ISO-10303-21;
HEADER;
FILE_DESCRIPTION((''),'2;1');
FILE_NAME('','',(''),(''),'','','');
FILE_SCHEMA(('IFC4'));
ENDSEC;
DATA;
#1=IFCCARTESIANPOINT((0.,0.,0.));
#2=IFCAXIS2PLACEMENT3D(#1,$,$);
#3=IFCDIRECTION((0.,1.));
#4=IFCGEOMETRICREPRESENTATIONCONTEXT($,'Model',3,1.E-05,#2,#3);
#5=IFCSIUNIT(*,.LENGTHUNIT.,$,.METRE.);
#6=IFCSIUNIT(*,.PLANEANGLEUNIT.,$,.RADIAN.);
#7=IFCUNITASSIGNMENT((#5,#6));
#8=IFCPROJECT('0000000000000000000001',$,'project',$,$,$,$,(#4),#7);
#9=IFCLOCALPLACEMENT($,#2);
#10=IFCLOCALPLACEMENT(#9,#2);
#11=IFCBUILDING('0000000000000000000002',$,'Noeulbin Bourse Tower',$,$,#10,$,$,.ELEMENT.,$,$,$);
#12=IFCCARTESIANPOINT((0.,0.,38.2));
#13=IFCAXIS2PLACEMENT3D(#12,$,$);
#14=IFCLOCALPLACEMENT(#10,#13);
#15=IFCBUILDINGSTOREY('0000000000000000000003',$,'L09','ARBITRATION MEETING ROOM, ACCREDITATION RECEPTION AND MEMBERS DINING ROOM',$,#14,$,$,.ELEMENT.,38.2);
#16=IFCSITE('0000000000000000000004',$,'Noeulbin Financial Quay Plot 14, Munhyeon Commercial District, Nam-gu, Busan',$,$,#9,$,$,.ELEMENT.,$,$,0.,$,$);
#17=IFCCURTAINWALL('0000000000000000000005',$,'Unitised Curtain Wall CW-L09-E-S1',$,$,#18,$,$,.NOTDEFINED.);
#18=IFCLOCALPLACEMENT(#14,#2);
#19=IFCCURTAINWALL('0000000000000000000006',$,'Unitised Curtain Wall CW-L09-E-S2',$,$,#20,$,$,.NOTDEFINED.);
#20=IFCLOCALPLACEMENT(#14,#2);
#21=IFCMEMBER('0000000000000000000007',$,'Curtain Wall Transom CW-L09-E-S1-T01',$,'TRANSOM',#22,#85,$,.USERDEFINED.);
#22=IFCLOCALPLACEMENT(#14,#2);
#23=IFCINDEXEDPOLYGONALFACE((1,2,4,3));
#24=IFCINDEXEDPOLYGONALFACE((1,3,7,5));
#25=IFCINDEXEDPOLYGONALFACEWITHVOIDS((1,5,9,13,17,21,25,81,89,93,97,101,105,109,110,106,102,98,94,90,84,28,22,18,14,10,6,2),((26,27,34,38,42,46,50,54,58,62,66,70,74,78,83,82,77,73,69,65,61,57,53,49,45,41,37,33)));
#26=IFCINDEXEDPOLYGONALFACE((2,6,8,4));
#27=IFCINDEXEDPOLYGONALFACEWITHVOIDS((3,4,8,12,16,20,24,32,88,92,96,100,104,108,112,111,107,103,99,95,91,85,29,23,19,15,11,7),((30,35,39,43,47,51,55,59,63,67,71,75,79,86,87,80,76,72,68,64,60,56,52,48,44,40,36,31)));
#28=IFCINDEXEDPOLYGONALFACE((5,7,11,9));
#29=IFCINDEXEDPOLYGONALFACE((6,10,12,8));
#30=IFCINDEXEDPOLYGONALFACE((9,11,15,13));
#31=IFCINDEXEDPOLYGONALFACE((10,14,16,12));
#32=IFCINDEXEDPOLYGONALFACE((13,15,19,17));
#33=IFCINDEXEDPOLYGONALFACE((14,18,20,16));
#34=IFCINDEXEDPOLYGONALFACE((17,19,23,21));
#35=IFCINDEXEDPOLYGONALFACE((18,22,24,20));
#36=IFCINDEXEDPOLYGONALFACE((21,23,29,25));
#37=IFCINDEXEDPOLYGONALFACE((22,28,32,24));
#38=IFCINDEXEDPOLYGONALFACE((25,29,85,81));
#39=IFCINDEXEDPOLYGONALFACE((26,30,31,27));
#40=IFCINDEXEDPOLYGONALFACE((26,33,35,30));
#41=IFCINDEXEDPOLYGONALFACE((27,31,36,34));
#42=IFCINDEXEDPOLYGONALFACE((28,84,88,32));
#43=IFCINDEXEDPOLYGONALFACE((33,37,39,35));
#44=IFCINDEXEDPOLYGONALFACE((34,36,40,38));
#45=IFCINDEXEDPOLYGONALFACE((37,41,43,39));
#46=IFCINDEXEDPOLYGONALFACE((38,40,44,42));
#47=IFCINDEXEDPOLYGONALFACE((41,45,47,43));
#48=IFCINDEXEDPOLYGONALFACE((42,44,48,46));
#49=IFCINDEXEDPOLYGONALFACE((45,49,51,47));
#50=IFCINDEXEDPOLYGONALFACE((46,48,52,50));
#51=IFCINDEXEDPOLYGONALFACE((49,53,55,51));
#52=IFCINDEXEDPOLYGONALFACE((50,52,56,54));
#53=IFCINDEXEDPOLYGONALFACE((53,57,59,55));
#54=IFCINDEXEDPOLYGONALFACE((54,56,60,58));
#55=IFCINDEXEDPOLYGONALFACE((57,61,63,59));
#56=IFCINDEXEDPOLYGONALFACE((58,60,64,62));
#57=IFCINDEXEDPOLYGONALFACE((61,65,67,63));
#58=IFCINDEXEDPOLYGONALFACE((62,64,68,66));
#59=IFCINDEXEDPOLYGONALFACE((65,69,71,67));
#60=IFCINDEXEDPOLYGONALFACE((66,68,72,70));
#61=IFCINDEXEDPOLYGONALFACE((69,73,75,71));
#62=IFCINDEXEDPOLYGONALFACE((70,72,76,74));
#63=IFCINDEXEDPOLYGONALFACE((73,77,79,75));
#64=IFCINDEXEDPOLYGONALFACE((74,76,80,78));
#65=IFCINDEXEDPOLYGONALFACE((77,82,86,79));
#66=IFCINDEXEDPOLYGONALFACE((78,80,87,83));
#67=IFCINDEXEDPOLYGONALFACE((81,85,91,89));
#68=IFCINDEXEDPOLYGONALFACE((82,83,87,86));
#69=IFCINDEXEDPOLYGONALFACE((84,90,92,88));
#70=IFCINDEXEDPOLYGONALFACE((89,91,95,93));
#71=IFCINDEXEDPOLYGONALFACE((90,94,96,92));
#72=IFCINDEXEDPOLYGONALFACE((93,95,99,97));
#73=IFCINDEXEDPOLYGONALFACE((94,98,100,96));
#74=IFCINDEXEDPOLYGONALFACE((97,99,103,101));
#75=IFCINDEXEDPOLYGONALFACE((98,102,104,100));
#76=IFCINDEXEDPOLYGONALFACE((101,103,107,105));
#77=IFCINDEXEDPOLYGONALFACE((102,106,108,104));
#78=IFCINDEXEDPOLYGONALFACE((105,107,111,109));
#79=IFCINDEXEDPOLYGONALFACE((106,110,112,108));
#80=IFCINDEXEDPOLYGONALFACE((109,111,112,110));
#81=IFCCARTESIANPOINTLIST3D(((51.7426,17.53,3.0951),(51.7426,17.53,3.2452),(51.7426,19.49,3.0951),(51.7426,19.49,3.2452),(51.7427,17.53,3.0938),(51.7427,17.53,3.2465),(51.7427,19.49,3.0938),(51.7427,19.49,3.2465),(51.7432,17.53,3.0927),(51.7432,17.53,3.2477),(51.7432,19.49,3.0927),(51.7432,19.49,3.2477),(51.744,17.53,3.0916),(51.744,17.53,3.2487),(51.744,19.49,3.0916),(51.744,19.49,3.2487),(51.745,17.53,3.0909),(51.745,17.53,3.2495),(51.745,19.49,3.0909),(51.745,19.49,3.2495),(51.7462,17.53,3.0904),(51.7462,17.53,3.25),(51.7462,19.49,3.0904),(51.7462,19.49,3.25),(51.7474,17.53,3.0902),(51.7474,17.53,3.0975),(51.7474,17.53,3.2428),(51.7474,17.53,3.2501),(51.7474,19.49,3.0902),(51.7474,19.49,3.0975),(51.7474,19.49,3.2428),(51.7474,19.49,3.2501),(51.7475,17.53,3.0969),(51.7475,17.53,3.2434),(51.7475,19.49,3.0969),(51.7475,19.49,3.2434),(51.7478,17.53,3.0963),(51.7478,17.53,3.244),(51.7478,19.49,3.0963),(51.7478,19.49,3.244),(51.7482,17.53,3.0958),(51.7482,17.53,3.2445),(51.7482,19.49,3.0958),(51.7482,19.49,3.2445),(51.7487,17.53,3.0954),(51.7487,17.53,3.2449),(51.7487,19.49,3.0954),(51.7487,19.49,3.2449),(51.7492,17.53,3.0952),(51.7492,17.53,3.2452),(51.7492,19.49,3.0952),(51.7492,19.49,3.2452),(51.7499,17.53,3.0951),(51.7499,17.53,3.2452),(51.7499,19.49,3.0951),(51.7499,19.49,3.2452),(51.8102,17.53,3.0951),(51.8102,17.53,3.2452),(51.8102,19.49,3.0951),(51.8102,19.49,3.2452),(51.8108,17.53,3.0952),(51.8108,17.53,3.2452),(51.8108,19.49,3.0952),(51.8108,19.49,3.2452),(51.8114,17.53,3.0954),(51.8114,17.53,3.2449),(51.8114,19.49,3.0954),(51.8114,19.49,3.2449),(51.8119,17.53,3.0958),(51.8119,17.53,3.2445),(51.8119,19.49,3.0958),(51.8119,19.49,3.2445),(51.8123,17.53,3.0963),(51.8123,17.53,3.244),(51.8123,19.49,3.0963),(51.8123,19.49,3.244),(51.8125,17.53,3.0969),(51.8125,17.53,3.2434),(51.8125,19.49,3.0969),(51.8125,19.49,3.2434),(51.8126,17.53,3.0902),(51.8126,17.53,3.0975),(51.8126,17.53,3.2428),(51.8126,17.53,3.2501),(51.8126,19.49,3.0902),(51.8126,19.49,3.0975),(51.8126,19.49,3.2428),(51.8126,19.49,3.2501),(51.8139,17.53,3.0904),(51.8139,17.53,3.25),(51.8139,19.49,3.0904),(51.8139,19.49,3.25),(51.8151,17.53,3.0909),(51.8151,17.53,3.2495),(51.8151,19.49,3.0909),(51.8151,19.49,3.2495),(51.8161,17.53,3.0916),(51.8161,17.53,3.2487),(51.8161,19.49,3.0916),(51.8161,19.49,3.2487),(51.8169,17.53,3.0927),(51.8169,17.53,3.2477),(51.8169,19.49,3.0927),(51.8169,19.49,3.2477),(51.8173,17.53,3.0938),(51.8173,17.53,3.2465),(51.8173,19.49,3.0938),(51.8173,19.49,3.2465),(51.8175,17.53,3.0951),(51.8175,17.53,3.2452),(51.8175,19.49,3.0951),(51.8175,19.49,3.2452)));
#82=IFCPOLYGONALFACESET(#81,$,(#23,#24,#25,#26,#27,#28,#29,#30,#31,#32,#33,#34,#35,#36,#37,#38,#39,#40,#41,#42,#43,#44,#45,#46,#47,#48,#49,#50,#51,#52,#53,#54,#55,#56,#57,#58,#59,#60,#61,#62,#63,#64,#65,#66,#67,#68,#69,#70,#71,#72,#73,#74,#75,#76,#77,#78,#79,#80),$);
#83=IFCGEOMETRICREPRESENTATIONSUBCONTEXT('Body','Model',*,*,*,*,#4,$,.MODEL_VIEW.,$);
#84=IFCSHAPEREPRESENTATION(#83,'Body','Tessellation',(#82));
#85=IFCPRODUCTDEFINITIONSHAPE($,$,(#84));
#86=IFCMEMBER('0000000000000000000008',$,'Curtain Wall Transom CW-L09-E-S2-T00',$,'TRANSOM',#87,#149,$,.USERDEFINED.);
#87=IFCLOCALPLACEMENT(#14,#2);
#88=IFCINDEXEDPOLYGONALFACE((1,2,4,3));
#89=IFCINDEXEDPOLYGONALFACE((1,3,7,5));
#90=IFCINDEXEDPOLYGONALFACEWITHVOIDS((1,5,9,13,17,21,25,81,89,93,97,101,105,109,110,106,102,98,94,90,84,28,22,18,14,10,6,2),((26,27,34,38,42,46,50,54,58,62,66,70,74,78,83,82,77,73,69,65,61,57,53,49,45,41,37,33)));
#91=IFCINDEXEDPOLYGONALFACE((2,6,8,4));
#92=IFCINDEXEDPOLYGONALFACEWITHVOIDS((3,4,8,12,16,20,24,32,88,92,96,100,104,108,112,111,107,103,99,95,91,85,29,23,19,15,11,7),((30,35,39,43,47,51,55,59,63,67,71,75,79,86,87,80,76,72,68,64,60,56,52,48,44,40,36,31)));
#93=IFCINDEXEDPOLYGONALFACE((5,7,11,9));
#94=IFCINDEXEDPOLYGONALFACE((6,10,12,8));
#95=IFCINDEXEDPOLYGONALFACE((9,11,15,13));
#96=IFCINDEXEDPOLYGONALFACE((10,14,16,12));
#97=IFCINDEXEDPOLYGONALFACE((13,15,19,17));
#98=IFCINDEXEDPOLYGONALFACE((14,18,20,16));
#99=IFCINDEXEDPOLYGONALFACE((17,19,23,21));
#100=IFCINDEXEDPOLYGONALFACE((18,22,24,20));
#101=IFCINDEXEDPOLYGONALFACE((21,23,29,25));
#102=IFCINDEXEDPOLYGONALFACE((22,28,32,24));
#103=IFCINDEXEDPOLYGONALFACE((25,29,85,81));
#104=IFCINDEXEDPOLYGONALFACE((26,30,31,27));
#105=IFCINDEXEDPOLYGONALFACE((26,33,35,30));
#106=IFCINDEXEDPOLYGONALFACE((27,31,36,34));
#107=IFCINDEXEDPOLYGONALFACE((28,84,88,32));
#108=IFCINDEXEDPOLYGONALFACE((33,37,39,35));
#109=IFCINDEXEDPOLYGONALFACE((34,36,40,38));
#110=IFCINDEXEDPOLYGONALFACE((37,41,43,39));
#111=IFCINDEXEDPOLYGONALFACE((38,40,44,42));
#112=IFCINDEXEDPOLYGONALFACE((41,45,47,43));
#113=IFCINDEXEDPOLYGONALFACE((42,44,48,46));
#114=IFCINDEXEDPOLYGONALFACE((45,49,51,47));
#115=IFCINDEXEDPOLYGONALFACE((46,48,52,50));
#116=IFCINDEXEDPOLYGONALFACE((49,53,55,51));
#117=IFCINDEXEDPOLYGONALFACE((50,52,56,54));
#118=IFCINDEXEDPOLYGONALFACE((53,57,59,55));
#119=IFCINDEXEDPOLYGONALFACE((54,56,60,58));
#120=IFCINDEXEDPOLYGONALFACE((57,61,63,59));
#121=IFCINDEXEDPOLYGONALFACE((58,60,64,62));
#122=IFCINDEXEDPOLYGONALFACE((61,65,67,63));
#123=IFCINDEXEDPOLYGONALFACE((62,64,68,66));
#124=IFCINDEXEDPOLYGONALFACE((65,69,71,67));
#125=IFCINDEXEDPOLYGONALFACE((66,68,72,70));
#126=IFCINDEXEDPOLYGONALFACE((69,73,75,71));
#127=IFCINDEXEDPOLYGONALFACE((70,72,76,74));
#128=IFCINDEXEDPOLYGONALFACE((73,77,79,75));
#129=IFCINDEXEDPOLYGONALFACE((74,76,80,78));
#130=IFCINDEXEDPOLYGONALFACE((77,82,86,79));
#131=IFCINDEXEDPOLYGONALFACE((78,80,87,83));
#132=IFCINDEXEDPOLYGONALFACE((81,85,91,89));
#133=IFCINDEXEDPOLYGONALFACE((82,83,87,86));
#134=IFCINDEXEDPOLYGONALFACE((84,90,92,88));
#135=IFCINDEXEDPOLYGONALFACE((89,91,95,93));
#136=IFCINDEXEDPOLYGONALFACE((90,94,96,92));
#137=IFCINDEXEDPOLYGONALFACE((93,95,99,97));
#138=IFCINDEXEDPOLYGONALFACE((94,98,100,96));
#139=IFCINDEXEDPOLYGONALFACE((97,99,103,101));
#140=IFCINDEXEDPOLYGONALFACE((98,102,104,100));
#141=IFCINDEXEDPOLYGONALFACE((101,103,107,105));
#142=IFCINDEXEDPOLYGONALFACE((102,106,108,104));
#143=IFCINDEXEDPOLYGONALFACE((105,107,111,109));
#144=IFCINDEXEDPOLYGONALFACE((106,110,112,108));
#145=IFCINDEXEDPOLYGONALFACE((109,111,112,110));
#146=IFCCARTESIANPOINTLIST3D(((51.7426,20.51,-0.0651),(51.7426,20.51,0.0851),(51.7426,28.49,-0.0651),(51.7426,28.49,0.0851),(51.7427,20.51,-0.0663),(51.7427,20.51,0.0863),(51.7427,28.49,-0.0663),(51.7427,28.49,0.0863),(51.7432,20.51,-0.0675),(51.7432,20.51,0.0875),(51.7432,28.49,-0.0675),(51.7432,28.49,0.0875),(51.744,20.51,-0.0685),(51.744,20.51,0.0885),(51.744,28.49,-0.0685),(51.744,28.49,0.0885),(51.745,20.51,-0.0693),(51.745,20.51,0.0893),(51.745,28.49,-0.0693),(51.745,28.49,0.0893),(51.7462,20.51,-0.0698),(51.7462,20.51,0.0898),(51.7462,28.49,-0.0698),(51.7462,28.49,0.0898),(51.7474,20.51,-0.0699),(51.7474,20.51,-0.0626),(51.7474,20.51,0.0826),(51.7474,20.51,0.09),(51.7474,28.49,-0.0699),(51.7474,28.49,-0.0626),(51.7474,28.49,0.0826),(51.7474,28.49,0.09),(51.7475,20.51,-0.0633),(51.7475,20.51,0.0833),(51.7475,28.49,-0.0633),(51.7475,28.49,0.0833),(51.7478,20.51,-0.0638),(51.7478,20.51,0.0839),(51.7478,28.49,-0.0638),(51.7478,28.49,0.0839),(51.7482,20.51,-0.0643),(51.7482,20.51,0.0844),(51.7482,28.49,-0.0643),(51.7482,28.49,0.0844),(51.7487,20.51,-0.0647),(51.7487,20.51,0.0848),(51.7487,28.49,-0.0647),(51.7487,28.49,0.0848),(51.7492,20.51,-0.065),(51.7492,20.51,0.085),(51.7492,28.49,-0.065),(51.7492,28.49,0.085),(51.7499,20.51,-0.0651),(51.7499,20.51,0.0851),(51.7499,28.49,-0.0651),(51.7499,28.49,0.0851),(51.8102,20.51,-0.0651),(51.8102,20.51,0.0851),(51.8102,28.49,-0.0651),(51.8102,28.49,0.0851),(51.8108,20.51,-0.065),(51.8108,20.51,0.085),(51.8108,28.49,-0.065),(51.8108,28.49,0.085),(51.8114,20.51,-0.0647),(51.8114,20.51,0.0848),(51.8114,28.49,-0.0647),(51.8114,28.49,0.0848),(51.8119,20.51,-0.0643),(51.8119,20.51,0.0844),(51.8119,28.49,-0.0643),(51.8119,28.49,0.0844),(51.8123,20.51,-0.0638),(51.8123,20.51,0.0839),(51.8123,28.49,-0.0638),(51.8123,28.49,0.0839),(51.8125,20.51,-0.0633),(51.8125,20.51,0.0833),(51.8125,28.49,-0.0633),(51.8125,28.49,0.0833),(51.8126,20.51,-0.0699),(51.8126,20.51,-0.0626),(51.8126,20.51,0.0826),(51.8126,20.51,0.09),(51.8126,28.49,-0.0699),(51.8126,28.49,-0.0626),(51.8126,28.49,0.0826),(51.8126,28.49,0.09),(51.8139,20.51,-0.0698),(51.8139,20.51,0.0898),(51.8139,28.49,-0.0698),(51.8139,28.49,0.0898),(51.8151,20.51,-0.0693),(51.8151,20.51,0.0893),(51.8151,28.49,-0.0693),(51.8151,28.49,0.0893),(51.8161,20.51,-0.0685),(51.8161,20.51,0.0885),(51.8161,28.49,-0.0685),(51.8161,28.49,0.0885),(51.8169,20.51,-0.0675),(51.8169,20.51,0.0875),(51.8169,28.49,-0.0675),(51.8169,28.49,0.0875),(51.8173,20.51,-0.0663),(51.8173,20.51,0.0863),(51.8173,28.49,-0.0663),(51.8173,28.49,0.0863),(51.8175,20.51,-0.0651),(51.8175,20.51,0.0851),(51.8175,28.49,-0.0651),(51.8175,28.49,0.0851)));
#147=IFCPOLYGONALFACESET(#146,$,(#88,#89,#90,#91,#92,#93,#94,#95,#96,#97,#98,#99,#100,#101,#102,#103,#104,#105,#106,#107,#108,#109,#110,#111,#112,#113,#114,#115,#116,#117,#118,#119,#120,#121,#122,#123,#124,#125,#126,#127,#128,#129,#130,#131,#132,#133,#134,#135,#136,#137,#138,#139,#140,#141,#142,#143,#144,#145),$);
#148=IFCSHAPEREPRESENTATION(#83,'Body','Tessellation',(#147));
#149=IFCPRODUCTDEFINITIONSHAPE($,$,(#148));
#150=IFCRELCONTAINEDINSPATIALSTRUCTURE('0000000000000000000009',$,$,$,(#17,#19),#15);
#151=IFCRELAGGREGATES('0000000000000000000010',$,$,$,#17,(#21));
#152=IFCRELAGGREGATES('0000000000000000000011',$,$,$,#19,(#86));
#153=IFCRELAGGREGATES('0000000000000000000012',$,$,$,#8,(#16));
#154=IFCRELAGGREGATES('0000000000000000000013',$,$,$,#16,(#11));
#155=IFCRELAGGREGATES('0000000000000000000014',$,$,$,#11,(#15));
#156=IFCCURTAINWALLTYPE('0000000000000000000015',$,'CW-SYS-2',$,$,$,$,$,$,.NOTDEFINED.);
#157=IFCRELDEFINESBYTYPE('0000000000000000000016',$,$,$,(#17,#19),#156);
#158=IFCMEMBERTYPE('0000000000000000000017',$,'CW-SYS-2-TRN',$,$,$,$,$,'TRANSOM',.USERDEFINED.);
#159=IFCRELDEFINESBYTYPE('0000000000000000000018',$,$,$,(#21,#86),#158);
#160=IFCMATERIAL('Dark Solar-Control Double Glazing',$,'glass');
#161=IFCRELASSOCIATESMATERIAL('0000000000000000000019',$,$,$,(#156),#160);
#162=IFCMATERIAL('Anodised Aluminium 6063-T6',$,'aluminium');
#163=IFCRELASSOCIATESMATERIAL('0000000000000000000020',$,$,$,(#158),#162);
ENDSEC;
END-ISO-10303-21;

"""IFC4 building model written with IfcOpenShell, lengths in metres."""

from ifc_helpers import new_model, si_unit, direction, frame, origin, origin_2d, place, context, subcontext, project, spatial, hollow_rectangle, extrude, material, material_profile, profile_set, type_object, element, aggregate, save


model = new_model("IFC4")

# Units and contexts
model_context = context("Model", 3, precision=1e-05, world=origin(), true_north=direction((0.0, 1.0)))
body_context = subcontext(model_context, "Body", "Model", "MODEL_VIEW")
ifc_project = project(units=[si_unit("LENGTHUNIT", "METRE"), si_unit("PLANEANGLEUNIT", "RADIAN")], contexts=[model_context])

# Site, building, storey
site_placement = place(None, origin())
site = spatial("IfcSite", under=ifc_project, at=site_placement, Name="Noeulbin Financial Quay Plot 14, Munhyeon Commercial District, Nam-gu, Busan", CompositionType="ELEMENT", RefElevation=0.0)
building_placement = place(site_placement, origin())
building = spatial("IfcBuilding", under=site, at=building_placement, Name="Noeulbin Bourse Tower", CompositionType="ELEMENT")
storey_placement = place(building_placement, frame((0.0, 0.0, 38.2)))
storey = spatial("IfcBuildingStorey", under=building, at=storey_placement, Name="L09", Description="ARBITRATION MEETING ROOM, ACCREDITATION RECEPTION AND MEMBERS DINING ROOM", CompositionType="ELEMENT", Elevation=38.2)

# Curtain walls
ifc_material_1 = material(Name="Dark Solar-Control Double Glazing", Category="glass")
curtain_wall_type = type_object("IfcCurtainWallType", Name="CW-SYS-2", PredefinedType="NOTDEFINED", material=ifc_material_1)
ifc_material_2 = material(Name="Anodised Aluminium 6063-T6", Category="aluminium")
curtain_wall_1_placement = place(storey_placement, origin())
curtain_wall_1 = element("IfcCurtainWall", 1, at=curtain_wall_1_placement, inside=storey, type_object=curtain_wall_type, Name="Unitised Curtain Wall CW-L09-E-S1", PredefinedType="NOTDEFINED")
curtain_wall_2_placement = place(storey_placement, origin())
curtain_wall_2 = element("IfcCurtainWall", 2, at=curtain_wall_2_placement, inside=storey, type_object=curtain_wall_type, Name="Unitised Curtain Wall CW-L09-E-S2", PredefinedType="NOTDEFINED")

# Members
ifc_material_profile_1 = material_profile(ifc_material_2, hollow_rectangle(XDim=0.075, YDim=0.1599, WallThickness=0.0049, InnerFilletRadius=0.0024, OuterFilletRadius=0.0049, at=origin_2d()), Name="ALU-TRAN-75x160x5", Category="LoadBearing")
ifc_profile_set_1 = profile_set([ifc_material_profile_1], Name="Anodised Aluminium 6063-T6")
member_type_1 = type_object("IfcMemberType", Name="CW-SYS-2-TRN", ElementType="TRANSOM", PredefinedType="USERDEFINED", material=ifc_profile_set_1)
member_1_placement = place(storey_placement, frame((51.78, 17.53, 3.1702), z_axis=(0.0, 1.0, 0.0), x_axis=(-1.0, 0.0, 0.0)))
member_1 = element("IfcMember", 3, at=member_1_placement, type_object=member_type_1, Name="Curtain Wall Transom CW-L09-E-S1-T01", ObjectType="TRANSOM", PredefinedType="USERDEFINED", context=body_context, shape_type="SweptSolid", body=[
    extrude(hollow_rectangle(XDim=0.075, YDim=0.1599, WallThickness=0.0049, InnerFilletRadius=0.0024, OuterFilletRadius=0.0049, at=origin_2d()), origin(), (0.0, 0.0, 1.0), 1.96),
])
member_2_placement = place(storey_placement, frame((51.78, 20.51, 0.01), z_axis=(0.0, 1.0, 0.0), x_axis=(-1.0, 0.0, 0.0)))
member_2 = element("IfcMember", 4, at=member_2_placement, type_object=member_type_1, Name="Curtain Wall Transom CW-L09-E-S2-T00", ObjectType="TRANSOM", PredefinedType="USERDEFINED", context=body_context, shape_type="SweptSolid", body=[
    extrude(hollow_rectangle(XDim=0.075, YDim=0.1599, WallThickness=0.0049, InnerFilletRadius=0.0024, OuterFilletRadius=0.0049, at=origin_2d()), origin(), (0.0, 0.0, 1.0), 7.98),
])

aggregate(curtain_wall_1, [member_1])
aggregate(curtain_wall_2, [member_2])

save(model, "model.ifc")
